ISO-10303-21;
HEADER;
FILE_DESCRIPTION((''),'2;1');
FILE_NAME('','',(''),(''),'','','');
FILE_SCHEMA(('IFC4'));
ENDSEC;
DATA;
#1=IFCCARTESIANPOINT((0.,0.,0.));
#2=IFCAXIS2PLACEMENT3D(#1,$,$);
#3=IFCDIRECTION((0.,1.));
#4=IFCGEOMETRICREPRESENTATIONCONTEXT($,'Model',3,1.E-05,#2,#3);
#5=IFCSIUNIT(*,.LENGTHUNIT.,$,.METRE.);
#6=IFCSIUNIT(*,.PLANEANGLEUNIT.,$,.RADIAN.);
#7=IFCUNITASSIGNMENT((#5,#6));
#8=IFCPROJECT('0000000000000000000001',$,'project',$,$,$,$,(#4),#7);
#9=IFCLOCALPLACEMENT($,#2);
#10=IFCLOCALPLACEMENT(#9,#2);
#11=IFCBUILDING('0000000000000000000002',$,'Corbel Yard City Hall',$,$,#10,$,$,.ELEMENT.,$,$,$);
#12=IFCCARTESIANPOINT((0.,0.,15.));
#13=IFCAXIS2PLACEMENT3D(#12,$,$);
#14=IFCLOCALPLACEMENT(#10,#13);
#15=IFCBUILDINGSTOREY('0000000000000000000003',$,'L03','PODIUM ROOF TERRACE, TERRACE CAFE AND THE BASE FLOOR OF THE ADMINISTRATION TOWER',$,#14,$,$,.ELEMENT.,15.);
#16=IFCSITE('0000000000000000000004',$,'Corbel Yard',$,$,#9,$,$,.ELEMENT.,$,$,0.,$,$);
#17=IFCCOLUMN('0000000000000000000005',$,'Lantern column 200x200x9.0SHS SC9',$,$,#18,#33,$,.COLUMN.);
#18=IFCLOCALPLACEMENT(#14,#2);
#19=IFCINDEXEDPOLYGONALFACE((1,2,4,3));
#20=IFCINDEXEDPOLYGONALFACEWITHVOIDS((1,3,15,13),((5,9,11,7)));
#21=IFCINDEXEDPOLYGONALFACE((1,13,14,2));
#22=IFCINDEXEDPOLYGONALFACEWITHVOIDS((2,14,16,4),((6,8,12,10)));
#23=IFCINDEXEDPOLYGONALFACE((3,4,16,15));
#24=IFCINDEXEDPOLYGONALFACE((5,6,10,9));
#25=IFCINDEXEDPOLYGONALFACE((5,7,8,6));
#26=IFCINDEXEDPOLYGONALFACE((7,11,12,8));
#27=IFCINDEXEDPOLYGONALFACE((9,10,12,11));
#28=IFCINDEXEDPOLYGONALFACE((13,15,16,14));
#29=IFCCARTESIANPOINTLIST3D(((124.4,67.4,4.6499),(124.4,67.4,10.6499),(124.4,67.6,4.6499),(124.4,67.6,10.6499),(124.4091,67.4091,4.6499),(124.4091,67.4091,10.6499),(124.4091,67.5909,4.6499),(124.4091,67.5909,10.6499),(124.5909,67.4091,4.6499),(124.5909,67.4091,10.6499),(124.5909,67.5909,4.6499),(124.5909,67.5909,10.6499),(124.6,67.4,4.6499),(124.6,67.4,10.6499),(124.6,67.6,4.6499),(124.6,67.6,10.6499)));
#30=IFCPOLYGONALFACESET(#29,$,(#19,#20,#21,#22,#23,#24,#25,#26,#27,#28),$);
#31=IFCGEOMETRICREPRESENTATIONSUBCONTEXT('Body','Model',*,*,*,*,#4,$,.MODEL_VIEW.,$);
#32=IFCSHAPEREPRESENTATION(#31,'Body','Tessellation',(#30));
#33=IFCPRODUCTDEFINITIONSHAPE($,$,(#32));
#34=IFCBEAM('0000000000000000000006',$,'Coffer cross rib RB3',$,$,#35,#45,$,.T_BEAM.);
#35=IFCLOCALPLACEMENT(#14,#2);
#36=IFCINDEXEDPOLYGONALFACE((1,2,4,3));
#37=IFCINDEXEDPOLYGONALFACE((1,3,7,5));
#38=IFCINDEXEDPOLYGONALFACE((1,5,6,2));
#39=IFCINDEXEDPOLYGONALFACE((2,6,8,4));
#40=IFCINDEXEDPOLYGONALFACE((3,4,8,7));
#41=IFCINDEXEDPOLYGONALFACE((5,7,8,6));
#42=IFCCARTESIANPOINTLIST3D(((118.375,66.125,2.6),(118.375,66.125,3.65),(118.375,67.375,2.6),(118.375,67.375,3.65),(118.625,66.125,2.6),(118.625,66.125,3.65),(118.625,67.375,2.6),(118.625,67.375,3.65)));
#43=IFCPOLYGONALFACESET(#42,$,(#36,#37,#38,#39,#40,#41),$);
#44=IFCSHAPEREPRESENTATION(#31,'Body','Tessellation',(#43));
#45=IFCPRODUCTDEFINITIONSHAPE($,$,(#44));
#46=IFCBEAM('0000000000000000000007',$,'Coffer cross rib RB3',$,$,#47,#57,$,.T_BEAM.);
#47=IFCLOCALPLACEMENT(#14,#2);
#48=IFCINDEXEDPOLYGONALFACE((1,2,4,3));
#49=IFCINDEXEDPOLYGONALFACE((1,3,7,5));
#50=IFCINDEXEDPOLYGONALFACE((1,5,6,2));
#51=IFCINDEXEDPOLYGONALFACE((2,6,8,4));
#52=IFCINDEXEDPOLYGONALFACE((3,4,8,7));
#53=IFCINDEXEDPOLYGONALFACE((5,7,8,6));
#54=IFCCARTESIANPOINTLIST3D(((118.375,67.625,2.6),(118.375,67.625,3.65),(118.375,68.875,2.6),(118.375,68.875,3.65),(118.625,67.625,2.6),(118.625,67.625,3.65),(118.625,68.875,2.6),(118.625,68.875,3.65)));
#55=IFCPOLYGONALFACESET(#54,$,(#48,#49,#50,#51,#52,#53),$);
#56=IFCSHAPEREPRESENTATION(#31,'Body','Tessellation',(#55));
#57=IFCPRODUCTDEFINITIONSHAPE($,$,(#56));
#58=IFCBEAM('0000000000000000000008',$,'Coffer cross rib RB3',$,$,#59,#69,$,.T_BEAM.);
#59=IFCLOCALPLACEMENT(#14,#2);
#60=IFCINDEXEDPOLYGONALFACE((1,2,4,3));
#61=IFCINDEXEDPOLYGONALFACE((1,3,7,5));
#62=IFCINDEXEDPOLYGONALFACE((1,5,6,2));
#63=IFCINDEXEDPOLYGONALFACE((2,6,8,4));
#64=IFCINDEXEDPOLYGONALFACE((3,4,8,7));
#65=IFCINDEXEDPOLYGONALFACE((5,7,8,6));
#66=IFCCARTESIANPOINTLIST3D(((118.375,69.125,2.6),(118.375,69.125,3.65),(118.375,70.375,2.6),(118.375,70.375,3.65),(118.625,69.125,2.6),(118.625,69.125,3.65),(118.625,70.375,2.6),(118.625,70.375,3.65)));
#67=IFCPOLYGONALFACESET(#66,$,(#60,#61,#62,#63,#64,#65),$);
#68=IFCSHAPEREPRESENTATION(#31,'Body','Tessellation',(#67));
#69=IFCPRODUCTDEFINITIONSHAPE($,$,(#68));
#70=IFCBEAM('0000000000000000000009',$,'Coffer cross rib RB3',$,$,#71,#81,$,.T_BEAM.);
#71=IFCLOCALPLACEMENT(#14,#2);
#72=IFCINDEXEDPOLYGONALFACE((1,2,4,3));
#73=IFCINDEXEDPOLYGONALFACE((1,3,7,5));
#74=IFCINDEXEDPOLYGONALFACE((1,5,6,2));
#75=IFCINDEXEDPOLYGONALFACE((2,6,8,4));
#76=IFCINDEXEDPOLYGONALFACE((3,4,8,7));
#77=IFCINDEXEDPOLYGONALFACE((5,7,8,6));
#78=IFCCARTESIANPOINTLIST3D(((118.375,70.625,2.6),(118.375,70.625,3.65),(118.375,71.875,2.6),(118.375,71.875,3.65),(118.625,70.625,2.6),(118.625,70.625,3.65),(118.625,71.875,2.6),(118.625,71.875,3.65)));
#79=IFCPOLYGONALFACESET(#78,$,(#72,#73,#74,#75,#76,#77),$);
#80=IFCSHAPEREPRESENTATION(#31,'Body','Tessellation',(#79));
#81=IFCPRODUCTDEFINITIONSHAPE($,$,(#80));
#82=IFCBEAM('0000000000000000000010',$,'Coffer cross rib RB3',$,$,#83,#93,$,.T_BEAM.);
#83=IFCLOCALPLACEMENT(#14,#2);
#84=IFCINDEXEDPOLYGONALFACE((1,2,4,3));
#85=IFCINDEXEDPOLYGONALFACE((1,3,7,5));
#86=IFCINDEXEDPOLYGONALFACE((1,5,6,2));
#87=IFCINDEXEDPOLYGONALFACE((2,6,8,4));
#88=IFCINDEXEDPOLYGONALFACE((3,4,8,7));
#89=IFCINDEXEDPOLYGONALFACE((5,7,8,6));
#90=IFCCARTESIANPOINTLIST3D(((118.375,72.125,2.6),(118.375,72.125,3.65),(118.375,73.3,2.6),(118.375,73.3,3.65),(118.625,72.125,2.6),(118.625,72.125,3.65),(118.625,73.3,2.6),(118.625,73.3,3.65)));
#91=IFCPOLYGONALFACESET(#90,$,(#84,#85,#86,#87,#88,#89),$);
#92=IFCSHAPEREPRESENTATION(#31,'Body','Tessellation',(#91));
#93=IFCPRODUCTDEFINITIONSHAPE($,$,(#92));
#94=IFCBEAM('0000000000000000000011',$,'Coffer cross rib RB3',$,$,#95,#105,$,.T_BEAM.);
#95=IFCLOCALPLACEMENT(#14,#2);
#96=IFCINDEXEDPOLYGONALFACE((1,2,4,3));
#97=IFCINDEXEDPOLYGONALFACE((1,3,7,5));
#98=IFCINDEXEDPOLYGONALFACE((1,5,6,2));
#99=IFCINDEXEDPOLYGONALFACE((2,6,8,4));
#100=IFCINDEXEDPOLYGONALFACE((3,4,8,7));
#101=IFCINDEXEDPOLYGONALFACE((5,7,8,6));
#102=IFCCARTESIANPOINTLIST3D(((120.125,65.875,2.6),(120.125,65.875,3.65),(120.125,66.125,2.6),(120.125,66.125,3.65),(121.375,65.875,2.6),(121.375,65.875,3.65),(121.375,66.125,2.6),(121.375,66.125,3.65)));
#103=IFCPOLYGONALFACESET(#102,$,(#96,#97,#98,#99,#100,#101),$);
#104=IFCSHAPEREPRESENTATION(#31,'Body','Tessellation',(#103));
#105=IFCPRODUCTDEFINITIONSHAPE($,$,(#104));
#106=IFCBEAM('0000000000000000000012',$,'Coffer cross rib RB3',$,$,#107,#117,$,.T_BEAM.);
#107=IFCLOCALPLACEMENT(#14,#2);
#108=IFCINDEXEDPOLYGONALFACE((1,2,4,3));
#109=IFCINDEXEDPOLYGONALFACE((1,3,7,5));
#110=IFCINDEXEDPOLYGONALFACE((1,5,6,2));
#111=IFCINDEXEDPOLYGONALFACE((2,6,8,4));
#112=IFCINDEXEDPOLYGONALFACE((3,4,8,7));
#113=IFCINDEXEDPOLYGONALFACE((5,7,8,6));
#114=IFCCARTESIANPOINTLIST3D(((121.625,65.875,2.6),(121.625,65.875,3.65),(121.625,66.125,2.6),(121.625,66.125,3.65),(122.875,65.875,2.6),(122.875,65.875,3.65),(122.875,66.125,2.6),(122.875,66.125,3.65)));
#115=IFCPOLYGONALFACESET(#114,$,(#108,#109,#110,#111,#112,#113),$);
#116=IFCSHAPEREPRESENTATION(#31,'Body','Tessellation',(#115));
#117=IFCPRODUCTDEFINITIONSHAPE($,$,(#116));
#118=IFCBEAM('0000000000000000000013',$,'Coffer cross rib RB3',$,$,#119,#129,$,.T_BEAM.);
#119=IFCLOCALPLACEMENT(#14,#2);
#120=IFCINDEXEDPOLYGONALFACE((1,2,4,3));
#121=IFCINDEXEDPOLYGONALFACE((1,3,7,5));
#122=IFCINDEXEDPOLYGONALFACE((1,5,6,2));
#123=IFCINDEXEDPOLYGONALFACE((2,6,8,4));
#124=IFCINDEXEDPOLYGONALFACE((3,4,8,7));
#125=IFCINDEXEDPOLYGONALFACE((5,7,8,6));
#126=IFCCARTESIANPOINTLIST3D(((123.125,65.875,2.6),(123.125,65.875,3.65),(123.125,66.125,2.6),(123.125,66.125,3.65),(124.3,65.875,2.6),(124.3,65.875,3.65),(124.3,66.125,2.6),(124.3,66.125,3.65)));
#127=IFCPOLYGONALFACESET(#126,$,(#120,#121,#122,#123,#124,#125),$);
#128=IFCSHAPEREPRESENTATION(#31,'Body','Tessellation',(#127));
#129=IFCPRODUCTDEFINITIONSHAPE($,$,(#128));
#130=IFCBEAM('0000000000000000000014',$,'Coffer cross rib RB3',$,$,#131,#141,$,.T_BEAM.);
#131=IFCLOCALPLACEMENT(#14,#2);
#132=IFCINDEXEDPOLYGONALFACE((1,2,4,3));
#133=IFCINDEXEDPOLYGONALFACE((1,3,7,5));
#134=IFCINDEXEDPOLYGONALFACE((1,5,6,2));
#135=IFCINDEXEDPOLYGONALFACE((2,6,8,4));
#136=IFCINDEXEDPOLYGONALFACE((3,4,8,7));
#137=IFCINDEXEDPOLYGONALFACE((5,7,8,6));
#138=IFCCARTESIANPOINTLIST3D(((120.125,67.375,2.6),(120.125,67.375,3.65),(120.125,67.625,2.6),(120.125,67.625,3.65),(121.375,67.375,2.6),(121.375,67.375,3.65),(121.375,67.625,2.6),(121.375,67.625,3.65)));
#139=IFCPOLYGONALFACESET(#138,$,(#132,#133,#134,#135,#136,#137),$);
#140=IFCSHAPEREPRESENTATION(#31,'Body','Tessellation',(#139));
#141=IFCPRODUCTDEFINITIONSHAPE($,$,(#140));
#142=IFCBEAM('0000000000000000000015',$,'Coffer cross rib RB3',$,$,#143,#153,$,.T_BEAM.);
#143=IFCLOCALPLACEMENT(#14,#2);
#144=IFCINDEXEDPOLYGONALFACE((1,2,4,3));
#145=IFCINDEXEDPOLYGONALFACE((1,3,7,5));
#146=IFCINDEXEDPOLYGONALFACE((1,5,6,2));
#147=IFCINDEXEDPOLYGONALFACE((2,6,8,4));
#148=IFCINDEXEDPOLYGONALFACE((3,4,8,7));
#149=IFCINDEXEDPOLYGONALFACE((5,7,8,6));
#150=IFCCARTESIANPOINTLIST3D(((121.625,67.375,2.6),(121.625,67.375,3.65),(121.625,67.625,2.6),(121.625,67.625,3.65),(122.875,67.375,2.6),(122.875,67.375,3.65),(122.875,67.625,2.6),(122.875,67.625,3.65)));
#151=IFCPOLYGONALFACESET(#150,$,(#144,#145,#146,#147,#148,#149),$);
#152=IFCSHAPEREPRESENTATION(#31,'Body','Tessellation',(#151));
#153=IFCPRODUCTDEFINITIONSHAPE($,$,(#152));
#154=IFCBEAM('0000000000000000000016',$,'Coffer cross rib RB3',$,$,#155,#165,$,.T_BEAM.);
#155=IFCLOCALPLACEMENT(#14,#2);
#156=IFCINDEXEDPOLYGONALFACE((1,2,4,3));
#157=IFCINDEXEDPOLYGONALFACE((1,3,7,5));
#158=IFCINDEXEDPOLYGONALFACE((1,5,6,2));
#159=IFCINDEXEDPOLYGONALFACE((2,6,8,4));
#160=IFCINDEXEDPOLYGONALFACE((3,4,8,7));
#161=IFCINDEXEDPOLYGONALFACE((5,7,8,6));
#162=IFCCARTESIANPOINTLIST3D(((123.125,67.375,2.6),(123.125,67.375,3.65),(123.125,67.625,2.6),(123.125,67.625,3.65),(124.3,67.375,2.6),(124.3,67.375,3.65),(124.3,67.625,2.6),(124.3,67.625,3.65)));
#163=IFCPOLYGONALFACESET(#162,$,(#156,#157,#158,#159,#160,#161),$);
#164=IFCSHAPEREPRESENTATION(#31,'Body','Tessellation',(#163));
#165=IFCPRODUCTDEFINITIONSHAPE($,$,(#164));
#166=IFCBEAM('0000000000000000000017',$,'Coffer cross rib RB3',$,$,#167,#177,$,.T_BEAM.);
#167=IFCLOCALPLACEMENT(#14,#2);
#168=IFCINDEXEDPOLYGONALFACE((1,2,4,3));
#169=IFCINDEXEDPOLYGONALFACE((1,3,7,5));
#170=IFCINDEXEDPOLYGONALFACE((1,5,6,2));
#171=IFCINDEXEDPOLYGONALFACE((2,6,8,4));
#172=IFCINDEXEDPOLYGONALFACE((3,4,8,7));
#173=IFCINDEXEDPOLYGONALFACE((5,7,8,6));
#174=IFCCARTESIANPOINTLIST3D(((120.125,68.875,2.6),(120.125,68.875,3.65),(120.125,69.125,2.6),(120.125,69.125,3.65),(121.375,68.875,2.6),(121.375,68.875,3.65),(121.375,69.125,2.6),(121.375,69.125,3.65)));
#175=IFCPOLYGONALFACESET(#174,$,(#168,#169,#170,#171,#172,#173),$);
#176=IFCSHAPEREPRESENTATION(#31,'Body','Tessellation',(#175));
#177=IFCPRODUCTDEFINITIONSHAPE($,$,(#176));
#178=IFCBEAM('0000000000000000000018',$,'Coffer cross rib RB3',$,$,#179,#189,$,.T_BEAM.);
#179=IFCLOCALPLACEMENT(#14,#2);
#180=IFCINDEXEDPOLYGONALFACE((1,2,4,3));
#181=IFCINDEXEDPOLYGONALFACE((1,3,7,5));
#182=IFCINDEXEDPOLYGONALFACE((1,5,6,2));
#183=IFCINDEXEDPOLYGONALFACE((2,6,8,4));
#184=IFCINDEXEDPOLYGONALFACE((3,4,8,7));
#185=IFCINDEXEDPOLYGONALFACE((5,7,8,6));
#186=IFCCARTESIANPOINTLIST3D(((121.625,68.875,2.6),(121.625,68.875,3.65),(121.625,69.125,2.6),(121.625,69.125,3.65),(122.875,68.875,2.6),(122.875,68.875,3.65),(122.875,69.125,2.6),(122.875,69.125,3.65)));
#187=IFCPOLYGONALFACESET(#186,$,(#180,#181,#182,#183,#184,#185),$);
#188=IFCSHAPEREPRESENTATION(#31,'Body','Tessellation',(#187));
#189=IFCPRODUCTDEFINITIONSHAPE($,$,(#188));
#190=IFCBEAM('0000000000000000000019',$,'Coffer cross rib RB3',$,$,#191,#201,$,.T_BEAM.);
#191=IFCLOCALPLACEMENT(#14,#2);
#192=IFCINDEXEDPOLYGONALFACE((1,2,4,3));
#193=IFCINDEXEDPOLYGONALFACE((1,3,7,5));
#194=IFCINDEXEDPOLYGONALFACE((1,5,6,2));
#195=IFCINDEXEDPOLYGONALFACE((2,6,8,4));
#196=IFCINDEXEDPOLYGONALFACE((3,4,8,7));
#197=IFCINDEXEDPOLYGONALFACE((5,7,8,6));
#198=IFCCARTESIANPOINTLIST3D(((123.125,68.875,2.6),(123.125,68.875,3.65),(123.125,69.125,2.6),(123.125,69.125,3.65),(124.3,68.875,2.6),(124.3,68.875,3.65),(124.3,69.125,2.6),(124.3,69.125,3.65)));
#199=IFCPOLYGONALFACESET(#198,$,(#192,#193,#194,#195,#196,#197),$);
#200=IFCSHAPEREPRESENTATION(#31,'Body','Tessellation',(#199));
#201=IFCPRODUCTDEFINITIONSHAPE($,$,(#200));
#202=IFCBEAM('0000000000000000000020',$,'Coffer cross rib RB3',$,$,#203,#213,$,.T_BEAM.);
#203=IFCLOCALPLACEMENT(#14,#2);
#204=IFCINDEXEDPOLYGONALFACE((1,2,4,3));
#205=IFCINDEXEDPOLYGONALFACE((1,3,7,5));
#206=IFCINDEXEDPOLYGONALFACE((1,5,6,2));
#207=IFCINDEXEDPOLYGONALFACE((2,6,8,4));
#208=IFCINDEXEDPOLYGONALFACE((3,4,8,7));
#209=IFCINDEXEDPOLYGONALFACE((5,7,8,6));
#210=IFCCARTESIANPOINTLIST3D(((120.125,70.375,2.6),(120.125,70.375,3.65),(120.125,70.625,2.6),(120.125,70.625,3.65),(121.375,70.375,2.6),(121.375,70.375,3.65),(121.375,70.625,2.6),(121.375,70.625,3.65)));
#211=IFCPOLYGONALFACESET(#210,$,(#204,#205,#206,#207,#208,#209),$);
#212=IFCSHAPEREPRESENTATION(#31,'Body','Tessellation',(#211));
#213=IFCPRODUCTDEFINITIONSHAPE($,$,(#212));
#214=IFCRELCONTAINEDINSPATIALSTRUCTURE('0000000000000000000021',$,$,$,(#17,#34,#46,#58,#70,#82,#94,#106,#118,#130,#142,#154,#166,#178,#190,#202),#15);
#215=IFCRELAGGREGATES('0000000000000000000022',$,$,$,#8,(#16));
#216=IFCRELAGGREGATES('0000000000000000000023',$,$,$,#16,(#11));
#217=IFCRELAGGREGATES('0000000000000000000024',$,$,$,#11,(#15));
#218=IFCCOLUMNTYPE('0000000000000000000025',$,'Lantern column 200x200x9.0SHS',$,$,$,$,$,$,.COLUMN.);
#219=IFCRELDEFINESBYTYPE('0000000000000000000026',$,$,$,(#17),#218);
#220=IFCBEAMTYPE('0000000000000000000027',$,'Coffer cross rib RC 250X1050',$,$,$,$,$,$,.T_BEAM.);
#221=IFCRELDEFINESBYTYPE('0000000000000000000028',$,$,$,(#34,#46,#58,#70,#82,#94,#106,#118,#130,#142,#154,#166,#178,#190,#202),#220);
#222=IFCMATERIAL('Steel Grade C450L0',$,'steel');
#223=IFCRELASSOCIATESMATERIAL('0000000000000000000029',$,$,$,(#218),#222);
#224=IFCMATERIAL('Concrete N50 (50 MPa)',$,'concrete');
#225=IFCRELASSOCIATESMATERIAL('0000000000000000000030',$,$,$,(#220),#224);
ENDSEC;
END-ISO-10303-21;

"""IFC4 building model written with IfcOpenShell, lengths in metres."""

from ifc_helpers import new_model, si_unit, direction, frame, origin, origin_2d, place, context, subcontext, project, spatial, rectangle, hollow_rectangle, extrude, material, material_profile, profile_set, type_object, element, save


model = new_model("IFC4")

# Units and contexts
model_context = context("Model", 3, precision=1e-05, world=origin(), true_north=direction((0.0, 1.0)))
body_context = subcontext(model_context, "Body", "Model", "MODEL_VIEW")
ifc_project = project(units=[si_unit("LENGTHUNIT", "METRE"), si_unit("PLANEANGLEUNIT", "RADIAN")], contexts=[model_context])

# Site, building, storey
site_placement = place(None, origin())
site = spatial("IfcSite", under=ifc_project, at=site_placement, Name="Corbel Yard", CompositionType="ELEMENT", RefElevation=0.0)
building_placement = place(site_placement, origin())
building = spatial("IfcBuilding", under=site, at=building_placement, Name="Corbel Yard City Hall", CompositionType="ELEMENT")
storey_placement = place(building_placement, frame((0.0, 0.0, 15.0)))
storey = spatial("IfcBuildingStorey", under=building, at=storey_placement, Name="L03", Description="PODIUM ROOF TERRACE, TERRACE CAFE AND THE BASE FLOOR OF THE ADMINISTRATION TOWER", CompositionType="ELEMENT", Elevation=15.0)

# Column
ifc_material_1 = material(Name="Steel Grade C450L0", Category="steel")
ifc_material_profile_1 = material_profile(ifc_material_1, hollow_rectangle(XDim=0.2, YDim=0.2, WallThickness=0.009, at=origin_2d()), Name="200x200x9.0SHS")
ifc_profile_set_1 = profile_set([ifc_material_profile_1], Name="Steel Grade C450L0")
column_type = type_object("IfcColumnType", Name="Lantern column 200x200x9.0SHS", PredefinedType="COLUMN", material=ifc_profile_set_1)
column_placement = place(storey_placement, frame((124.5, 67.5, 4.6499), z_axis=(0.0, 0.0, 1.0), x_axis=(1.0, 0.0, 0.0)))
element("IfcColumn", 1, at=column_placement, inside=storey, type_object=column_type, Name="Lantern column 200x200x9.0SHS SC9", PredefinedType="COLUMN", context=body_context, shape_type="SweptSolid", body=[
    extrude(hollow_rectangle(XDim=0.2, YDim=0.2, WallThickness=0.009, at=origin_2d()), origin(), (0.0, 0.0, 1.0), 6.0),
])

# Beams
ifc_material_2 = material(Name="Concrete N50 (50 MPa)", Category="concrete")
ifc_material_profile_2 = material_profile(ifc_material_2, rectangle(XDim=0.25, YDim=1.05, at=origin_2d()), Name="250x1050")
ifc_profile_set_2 = profile_set([ifc_material_profile_2], Name="Concrete N50 (50 MPa)")
beam_type_1 = type_object("IfcBeamType", Name="Coffer cross rib RC 250X1050", PredefinedType="T_BEAM", material=ifc_profile_set_2)
for number, where, z_axis, x_axis, name in (
    (2, (118.5, 66.125, 3.125), (0.0, 1.0, 0.0), (-1.0, 0.0, 0.0), "Coffer cross rib RB3"),
    (3, (118.5, 67.625, 3.125), (0.0, 1.0, 0.0), (-1.0, 0.0, 0.0), "Coffer cross rib RB3"),
    (4, (118.5, 69.125, 3.125), (0.0, 1.0, 0.0), (-1.0, 0.0, 0.0), "Coffer cross rib RB3"),
    (5, (118.5, 70.625, 3.125), (0.0, 1.0, 0.0), (-1.0, 0.0, 0.0), "Coffer cross rib RB3"),
):
    element("IfcBeam", number, at=place(storey_placement, frame(where, z_axis=z_axis, x_axis=x_axis)), inside=storey, type_object=beam_type_1, Name=name, PredefinedType="T_BEAM", context=body_context, shape_type="SweptSolid", body=[
        extrude(rectangle(XDim=0.25, YDim=1.05, at=origin_2d()), origin(), (0.0, 0.0, 1.0), 1.25),
    ])
beam_1_placement = place(storey_placement, frame((118.5, 72.125, 3.125), z_axis=(0.0, 1.0, 0.0), x_axis=(-1.0, 0.0, 0.0)))
element("IfcBeam", 6, at=beam_1_placement, inside=storey, type_object=beam_type_1, Name="Coffer cross rib RB3", PredefinedType="T_BEAM", context=body_context, shape_type="SweptSolid", body=[
    extrude(rectangle(XDim=0.25, YDim=1.05, at=origin_2d()), origin(), (0.0, 0.0, 1.0), 1.175),
])
for number, where, z_axis, x_axis, name in (
    (7, (120.125, 66.0, 3.125), (1.0, 0.0, 0.0), (0.0, 1.0, 0.0), "Coffer cross rib RB3"),
    (8, (121.625, 66.0, 3.125), (1.0, 0.0, 0.0), (0.0, 1.0, 0.0), "Coffer cross rib RB3"),
):
    element("IfcBeam", number, at=place(storey_placement, frame(where, z_axis=z_axis, x_axis=x_axis)), inside=storey, type_object=beam_type_1, Name=name, PredefinedType="T_BEAM", context=body_context, shape_type="SweptSolid", body=[
        extrude(rectangle(XDim=0.25, YDim=1.05, at=origin_2d()), origin(), (0.0, 0.0, 1.0), 1.25),
    ])
beam_2_placement = place(storey_placement, frame((123.125, 66.0, 3.125), z_axis=(1.0, 0.0, 0.0), x_axis=(0.0, 1.0, 0.0)))
element("IfcBeam", 9, at=beam_2_placement, inside=storey, type_object=beam_type_1, Name="Coffer cross rib RB3", PredefinedType="T_BEAM", context=body_context, shape_type="SweptSolid", body=[
    extrude(rectangle(XDim=0.25, YDim=1.05, at=origin_2d()), origin(), (0.0, 0.0, 1.0), 1.175),
])
for number, where, z_axis, x_axis, name in (
    (10, (120.125, 67.5, 3.125), (1.0, 0.0, 0.0), (0.0, 1.0, 0.0), "Coffer cross rib RB3"),
    (11, (121.625, 67.5, 3.125), (1.0, 0.0, 0.0), (0.0, 1.0, 0.0), "Coffer cross rib RB3"),
):
    element("IfcBeam", number, at=place(storey_placement, frame(where, z_axis=z_axis, x_axis=x_axis)), inside=storey, type_object=beam_type_1, Name=name, PredefinedType="T_BEAM", context=body_context, shape_type="SweptSolid", body=[
        extrude(rectangle(XDim=0.25, YDim=1.05, at=origin_2d()), origin(), (0.0, 0.0, 1.0), 1.25),
    ])
beam_3_placement = place(storey_placement, frame((123.125, 67.5, 3.125), z_axis=(1.0, 0.0, 0.0), x_axis=(0.0, 1.0, 0.0)))
element("IfcBeam", 12, at=beam_3_placement, inside=storey, type_object=beam_type_1, Name="Coffer cross rib RB3", PredefinedType="T_BEAM", context=body_context, shape_type="SweptSolid", body=[
    extrude(rectangle(XDim=0.25, YDim=1.05, at=origin_2d()), origin(), (0.0, 0.0, 1.0), 1.175),
])
for number, where, z_axis, x_axis, name in (
    (13, (120.125, 69.0, 3.125), (1.0, 0.0, 0.0), (0.0, 1.0, 0.0), "Coffer cross rib RB3"),
    (14, (121.625, 69.0, 3.125), (1.0, 0.0, 0.0), (0.0, 1.0, 0.0), "Coffer cross rib RB3"),
):
    element("IfcBeam", number, at=place(storey_placement, frame(where, z_axis=z_axis, x_axis=x_axis)), inside=storey, type_object=beam_type_1, Name=name, PredefinedType="T_BEAM", context=body_context, shape_type="SweptSolid", body=[
        extrude(rectangle(XDim=0.25, YDim=1.05, at=origin_2d()), origin(), (0.0, 0.0, 1.0), 1.25),
    ])
beam_4_placement = place(storey_placement, frame((123.125, 69.0, 3.125), z_axis=(1.0, 0.0, 0.0), x_axis=(0.0, 1.0, 0.0)))
element("IfcBeam", 15, at=beam_4_placement, inside=storey, type_object=beam_type_1, Name="Coffer cross rib RB3", PredefinedType="T_BEAM", context=body_context, shape_type="SweptSolid", body=[
    extrude(rectangle(XDim=0.25, YDim=1.05, at=origin_2d()), origin(), (0.0, 0.0, 1.0), 1.175),
])
for number, where, z_axis, x_axis, name in (
    (16, (120.125, 70.5, 3.125), (1.0, 0.0, 0.0), (0.0, 1.0, 0.0), "Coffer cross rib RB3"),
):
    element("IfcBeam", number, at=place(storey_placement, frame(where, z_axis=z_axis, x_axis=x_axis)), inside=storey, type_object=beam_type_1, Name=name, PredefinedType="T_BEAM", context=body_context, shape_type="SweptSolid", body=[
        extrude(rectangle(XDim=0.25, YDim=1.05, at=origin_2d()), origin(), (0.0, 0.0, 1.0), 1.25),
    ])

save(model, "model.ifc")
